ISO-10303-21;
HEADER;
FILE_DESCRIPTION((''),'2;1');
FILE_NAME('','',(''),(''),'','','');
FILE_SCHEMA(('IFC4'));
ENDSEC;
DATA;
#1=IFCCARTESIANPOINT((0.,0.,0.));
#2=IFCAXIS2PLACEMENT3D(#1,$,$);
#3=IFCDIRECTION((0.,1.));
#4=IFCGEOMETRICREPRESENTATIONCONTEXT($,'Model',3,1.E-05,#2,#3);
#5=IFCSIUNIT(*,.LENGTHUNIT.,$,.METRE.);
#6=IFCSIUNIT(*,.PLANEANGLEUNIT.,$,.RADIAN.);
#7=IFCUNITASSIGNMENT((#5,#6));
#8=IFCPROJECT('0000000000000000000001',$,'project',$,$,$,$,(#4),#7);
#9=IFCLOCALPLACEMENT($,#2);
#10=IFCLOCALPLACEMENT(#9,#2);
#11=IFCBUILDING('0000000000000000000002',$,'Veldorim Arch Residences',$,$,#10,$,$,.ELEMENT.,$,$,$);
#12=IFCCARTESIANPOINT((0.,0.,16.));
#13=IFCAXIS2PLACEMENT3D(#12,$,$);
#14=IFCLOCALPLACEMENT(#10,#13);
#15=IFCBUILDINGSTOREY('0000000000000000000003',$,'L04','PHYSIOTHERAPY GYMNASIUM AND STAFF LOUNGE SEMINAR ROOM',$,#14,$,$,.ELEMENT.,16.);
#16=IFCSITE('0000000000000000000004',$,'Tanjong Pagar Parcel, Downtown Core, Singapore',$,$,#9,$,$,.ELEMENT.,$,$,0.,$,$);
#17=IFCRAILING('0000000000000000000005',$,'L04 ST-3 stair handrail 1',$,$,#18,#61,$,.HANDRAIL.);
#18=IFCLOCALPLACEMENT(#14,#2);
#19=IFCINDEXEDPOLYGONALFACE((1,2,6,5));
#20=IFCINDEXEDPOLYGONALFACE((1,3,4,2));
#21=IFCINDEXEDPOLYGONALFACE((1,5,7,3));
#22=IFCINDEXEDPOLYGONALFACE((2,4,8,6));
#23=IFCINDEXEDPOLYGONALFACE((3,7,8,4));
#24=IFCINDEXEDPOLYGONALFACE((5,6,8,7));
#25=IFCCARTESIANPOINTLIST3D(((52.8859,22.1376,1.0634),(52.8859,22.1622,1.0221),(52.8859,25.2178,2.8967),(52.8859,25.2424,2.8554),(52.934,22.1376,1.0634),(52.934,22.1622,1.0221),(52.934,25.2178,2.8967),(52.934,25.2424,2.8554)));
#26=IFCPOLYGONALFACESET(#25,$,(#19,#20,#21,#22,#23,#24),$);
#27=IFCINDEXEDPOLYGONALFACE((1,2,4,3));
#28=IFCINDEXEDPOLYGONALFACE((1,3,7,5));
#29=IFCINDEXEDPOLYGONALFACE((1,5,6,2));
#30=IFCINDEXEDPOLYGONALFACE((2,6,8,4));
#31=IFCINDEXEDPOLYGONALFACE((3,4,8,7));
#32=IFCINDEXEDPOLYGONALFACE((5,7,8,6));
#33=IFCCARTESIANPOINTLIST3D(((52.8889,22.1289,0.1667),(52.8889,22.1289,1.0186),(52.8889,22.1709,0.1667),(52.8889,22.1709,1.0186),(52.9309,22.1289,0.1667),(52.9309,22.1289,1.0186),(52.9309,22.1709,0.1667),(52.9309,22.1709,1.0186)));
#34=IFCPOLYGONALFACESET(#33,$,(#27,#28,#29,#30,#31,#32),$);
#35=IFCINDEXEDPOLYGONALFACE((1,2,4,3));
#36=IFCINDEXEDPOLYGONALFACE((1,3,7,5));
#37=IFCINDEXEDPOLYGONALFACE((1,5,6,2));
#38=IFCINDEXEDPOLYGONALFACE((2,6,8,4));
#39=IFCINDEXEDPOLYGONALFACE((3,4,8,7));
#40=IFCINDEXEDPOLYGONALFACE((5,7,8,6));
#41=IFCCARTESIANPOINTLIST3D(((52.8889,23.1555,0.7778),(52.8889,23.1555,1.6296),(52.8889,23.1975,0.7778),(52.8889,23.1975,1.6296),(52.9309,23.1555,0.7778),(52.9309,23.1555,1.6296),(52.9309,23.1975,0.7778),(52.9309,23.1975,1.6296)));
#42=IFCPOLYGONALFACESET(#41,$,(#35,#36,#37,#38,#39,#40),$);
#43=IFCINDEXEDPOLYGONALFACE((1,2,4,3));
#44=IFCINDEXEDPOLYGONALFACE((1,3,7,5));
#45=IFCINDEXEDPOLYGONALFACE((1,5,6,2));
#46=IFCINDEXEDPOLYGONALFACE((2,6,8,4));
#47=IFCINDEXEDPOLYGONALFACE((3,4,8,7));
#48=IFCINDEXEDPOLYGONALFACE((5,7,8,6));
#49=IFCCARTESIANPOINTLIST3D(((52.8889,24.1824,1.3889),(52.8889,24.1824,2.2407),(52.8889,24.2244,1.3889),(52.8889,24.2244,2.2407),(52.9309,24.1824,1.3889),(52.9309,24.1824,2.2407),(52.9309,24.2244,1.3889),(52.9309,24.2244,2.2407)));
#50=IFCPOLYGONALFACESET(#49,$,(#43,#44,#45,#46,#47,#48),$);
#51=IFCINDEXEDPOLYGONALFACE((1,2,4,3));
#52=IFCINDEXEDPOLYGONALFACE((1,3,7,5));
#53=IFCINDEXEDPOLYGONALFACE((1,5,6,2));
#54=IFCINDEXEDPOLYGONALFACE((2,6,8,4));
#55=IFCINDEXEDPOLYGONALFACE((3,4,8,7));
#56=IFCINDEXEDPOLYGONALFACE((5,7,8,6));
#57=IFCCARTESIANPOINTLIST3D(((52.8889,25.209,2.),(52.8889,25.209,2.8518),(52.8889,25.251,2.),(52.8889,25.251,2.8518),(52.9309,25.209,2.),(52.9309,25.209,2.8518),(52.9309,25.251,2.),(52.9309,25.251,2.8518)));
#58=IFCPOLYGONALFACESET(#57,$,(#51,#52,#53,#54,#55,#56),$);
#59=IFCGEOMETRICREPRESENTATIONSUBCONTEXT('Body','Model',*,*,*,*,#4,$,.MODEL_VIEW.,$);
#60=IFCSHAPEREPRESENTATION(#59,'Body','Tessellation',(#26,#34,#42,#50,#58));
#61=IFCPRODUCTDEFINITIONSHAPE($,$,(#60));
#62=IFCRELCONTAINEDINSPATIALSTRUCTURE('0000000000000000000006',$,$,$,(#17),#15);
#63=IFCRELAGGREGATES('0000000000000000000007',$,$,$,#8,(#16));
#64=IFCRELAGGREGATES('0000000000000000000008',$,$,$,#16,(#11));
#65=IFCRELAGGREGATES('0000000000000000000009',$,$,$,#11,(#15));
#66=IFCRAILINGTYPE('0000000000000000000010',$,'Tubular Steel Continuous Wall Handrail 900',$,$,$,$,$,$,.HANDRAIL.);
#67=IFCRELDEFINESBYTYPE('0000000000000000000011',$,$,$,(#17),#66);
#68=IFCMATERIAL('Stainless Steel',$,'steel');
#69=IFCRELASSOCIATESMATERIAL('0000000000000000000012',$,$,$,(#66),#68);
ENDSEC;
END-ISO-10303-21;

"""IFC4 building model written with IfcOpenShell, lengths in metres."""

from ifc_helpers import new_model, si_unit, direction, frame, origin, origin_2d, place, context, subcontext, project, spatial, rectangle, extrude, material, type_object, element, save


model = new_model("IFC4")

# Units and contexts
model_context = context("Model", 3, precision=1e-05, world=origin(), true_north=direction((0.0, 1.0)))
body_context = subcontext(model_context, "Body", "Model", "MODEL_VIEW")
ifc_project = project(units=[si_unit("LENGTHUNIT", "METRE"), si_unit("PLANEANGLEUNIT", "RADIAN")], contexts=[model_context])

# Site, building, storey
site_placement = place(None, origin())
site = spatial("IfcSite", under=ifc_project, at=site_placement, Name="Tanjong Pagar Parcel, Downtown Core, Singapore", CompositionType="ELEMENT", RefElevation=0.0)
building_placement = place(site_placement, origin())
building = spatial("IfcBuilding", under=site, at=building_placement, Name="Veldorim Arch Residences", CompositionType="ELEMENT")
storey_placement = place(building_placement, frame((0.0, 0.0, 16.0)))
storey = spatial("IfcBuildingStorey", under=building, at=storey_placement, Name="L04", Description="PHYSIOTHERAPY GYMNASIUM AND STAFF LOUNGE SEMINAR ROOM", CompositionType="ELEMENT", Elevation=16.0)

# Railing
ifc_material_1 = material(Name="Stainless Steel", Category="steel")
railing_type_1 = type_object("IfcRailingType", Name="Tubular Steel Continuous Wall Handrail 900", PredefinedType="HANDRAIL", material=ifc_material_1)
railing_1_placement = place(storey_placement, frame((52.9099, 22.1499, 0.1667)))
element("IfcRailing", 1, at=railing_1_placement, inside=storey, type_object=railing_type_1, Name="L04 ST-3 stair handrail 1", PredefinedType="HANDRAIL", context=body_context, shape_type="SweptSolid", body=[
    extrude(rectangle(XDim=0.0481, YDim=0.0481, at=origin_2d()), frame((0.0, 0.0, 0.876), z_axis=(0.0, 0.859309, 0.511458), x_axis=(-1.0, 0.0, 0.0)), (0.0, 0.0, 1.0), 3.5845),
    extrude(rectangle(XDim=0.042, YDim=0.042, at=origin_2d()), origin(), (0.0, 0.0, 1.0), 0.8518),
    extrude(rectangle(XDim=0.042, YDim=0.042, at=origin_2d()), frame((0.0, 1.0266, 0.6111)), (0.0, 0.0, 1.0), 0.8518),
    extrude(rectangle(XDim=0.042, YDim=0.042, at=origin_2d()), frame((0.0, 2.0535, 1.2222)), (0.0, 0.0, 1.0), 0.8518),
    extrude(rectangle(XDim=0.042, YDim=0.042, at=origin_2d()), frame((0.0, 3.0801, 1.8333)), (0.0, 0.0, 1.0), 0.8518),
])

save(model, "model.ifc")
